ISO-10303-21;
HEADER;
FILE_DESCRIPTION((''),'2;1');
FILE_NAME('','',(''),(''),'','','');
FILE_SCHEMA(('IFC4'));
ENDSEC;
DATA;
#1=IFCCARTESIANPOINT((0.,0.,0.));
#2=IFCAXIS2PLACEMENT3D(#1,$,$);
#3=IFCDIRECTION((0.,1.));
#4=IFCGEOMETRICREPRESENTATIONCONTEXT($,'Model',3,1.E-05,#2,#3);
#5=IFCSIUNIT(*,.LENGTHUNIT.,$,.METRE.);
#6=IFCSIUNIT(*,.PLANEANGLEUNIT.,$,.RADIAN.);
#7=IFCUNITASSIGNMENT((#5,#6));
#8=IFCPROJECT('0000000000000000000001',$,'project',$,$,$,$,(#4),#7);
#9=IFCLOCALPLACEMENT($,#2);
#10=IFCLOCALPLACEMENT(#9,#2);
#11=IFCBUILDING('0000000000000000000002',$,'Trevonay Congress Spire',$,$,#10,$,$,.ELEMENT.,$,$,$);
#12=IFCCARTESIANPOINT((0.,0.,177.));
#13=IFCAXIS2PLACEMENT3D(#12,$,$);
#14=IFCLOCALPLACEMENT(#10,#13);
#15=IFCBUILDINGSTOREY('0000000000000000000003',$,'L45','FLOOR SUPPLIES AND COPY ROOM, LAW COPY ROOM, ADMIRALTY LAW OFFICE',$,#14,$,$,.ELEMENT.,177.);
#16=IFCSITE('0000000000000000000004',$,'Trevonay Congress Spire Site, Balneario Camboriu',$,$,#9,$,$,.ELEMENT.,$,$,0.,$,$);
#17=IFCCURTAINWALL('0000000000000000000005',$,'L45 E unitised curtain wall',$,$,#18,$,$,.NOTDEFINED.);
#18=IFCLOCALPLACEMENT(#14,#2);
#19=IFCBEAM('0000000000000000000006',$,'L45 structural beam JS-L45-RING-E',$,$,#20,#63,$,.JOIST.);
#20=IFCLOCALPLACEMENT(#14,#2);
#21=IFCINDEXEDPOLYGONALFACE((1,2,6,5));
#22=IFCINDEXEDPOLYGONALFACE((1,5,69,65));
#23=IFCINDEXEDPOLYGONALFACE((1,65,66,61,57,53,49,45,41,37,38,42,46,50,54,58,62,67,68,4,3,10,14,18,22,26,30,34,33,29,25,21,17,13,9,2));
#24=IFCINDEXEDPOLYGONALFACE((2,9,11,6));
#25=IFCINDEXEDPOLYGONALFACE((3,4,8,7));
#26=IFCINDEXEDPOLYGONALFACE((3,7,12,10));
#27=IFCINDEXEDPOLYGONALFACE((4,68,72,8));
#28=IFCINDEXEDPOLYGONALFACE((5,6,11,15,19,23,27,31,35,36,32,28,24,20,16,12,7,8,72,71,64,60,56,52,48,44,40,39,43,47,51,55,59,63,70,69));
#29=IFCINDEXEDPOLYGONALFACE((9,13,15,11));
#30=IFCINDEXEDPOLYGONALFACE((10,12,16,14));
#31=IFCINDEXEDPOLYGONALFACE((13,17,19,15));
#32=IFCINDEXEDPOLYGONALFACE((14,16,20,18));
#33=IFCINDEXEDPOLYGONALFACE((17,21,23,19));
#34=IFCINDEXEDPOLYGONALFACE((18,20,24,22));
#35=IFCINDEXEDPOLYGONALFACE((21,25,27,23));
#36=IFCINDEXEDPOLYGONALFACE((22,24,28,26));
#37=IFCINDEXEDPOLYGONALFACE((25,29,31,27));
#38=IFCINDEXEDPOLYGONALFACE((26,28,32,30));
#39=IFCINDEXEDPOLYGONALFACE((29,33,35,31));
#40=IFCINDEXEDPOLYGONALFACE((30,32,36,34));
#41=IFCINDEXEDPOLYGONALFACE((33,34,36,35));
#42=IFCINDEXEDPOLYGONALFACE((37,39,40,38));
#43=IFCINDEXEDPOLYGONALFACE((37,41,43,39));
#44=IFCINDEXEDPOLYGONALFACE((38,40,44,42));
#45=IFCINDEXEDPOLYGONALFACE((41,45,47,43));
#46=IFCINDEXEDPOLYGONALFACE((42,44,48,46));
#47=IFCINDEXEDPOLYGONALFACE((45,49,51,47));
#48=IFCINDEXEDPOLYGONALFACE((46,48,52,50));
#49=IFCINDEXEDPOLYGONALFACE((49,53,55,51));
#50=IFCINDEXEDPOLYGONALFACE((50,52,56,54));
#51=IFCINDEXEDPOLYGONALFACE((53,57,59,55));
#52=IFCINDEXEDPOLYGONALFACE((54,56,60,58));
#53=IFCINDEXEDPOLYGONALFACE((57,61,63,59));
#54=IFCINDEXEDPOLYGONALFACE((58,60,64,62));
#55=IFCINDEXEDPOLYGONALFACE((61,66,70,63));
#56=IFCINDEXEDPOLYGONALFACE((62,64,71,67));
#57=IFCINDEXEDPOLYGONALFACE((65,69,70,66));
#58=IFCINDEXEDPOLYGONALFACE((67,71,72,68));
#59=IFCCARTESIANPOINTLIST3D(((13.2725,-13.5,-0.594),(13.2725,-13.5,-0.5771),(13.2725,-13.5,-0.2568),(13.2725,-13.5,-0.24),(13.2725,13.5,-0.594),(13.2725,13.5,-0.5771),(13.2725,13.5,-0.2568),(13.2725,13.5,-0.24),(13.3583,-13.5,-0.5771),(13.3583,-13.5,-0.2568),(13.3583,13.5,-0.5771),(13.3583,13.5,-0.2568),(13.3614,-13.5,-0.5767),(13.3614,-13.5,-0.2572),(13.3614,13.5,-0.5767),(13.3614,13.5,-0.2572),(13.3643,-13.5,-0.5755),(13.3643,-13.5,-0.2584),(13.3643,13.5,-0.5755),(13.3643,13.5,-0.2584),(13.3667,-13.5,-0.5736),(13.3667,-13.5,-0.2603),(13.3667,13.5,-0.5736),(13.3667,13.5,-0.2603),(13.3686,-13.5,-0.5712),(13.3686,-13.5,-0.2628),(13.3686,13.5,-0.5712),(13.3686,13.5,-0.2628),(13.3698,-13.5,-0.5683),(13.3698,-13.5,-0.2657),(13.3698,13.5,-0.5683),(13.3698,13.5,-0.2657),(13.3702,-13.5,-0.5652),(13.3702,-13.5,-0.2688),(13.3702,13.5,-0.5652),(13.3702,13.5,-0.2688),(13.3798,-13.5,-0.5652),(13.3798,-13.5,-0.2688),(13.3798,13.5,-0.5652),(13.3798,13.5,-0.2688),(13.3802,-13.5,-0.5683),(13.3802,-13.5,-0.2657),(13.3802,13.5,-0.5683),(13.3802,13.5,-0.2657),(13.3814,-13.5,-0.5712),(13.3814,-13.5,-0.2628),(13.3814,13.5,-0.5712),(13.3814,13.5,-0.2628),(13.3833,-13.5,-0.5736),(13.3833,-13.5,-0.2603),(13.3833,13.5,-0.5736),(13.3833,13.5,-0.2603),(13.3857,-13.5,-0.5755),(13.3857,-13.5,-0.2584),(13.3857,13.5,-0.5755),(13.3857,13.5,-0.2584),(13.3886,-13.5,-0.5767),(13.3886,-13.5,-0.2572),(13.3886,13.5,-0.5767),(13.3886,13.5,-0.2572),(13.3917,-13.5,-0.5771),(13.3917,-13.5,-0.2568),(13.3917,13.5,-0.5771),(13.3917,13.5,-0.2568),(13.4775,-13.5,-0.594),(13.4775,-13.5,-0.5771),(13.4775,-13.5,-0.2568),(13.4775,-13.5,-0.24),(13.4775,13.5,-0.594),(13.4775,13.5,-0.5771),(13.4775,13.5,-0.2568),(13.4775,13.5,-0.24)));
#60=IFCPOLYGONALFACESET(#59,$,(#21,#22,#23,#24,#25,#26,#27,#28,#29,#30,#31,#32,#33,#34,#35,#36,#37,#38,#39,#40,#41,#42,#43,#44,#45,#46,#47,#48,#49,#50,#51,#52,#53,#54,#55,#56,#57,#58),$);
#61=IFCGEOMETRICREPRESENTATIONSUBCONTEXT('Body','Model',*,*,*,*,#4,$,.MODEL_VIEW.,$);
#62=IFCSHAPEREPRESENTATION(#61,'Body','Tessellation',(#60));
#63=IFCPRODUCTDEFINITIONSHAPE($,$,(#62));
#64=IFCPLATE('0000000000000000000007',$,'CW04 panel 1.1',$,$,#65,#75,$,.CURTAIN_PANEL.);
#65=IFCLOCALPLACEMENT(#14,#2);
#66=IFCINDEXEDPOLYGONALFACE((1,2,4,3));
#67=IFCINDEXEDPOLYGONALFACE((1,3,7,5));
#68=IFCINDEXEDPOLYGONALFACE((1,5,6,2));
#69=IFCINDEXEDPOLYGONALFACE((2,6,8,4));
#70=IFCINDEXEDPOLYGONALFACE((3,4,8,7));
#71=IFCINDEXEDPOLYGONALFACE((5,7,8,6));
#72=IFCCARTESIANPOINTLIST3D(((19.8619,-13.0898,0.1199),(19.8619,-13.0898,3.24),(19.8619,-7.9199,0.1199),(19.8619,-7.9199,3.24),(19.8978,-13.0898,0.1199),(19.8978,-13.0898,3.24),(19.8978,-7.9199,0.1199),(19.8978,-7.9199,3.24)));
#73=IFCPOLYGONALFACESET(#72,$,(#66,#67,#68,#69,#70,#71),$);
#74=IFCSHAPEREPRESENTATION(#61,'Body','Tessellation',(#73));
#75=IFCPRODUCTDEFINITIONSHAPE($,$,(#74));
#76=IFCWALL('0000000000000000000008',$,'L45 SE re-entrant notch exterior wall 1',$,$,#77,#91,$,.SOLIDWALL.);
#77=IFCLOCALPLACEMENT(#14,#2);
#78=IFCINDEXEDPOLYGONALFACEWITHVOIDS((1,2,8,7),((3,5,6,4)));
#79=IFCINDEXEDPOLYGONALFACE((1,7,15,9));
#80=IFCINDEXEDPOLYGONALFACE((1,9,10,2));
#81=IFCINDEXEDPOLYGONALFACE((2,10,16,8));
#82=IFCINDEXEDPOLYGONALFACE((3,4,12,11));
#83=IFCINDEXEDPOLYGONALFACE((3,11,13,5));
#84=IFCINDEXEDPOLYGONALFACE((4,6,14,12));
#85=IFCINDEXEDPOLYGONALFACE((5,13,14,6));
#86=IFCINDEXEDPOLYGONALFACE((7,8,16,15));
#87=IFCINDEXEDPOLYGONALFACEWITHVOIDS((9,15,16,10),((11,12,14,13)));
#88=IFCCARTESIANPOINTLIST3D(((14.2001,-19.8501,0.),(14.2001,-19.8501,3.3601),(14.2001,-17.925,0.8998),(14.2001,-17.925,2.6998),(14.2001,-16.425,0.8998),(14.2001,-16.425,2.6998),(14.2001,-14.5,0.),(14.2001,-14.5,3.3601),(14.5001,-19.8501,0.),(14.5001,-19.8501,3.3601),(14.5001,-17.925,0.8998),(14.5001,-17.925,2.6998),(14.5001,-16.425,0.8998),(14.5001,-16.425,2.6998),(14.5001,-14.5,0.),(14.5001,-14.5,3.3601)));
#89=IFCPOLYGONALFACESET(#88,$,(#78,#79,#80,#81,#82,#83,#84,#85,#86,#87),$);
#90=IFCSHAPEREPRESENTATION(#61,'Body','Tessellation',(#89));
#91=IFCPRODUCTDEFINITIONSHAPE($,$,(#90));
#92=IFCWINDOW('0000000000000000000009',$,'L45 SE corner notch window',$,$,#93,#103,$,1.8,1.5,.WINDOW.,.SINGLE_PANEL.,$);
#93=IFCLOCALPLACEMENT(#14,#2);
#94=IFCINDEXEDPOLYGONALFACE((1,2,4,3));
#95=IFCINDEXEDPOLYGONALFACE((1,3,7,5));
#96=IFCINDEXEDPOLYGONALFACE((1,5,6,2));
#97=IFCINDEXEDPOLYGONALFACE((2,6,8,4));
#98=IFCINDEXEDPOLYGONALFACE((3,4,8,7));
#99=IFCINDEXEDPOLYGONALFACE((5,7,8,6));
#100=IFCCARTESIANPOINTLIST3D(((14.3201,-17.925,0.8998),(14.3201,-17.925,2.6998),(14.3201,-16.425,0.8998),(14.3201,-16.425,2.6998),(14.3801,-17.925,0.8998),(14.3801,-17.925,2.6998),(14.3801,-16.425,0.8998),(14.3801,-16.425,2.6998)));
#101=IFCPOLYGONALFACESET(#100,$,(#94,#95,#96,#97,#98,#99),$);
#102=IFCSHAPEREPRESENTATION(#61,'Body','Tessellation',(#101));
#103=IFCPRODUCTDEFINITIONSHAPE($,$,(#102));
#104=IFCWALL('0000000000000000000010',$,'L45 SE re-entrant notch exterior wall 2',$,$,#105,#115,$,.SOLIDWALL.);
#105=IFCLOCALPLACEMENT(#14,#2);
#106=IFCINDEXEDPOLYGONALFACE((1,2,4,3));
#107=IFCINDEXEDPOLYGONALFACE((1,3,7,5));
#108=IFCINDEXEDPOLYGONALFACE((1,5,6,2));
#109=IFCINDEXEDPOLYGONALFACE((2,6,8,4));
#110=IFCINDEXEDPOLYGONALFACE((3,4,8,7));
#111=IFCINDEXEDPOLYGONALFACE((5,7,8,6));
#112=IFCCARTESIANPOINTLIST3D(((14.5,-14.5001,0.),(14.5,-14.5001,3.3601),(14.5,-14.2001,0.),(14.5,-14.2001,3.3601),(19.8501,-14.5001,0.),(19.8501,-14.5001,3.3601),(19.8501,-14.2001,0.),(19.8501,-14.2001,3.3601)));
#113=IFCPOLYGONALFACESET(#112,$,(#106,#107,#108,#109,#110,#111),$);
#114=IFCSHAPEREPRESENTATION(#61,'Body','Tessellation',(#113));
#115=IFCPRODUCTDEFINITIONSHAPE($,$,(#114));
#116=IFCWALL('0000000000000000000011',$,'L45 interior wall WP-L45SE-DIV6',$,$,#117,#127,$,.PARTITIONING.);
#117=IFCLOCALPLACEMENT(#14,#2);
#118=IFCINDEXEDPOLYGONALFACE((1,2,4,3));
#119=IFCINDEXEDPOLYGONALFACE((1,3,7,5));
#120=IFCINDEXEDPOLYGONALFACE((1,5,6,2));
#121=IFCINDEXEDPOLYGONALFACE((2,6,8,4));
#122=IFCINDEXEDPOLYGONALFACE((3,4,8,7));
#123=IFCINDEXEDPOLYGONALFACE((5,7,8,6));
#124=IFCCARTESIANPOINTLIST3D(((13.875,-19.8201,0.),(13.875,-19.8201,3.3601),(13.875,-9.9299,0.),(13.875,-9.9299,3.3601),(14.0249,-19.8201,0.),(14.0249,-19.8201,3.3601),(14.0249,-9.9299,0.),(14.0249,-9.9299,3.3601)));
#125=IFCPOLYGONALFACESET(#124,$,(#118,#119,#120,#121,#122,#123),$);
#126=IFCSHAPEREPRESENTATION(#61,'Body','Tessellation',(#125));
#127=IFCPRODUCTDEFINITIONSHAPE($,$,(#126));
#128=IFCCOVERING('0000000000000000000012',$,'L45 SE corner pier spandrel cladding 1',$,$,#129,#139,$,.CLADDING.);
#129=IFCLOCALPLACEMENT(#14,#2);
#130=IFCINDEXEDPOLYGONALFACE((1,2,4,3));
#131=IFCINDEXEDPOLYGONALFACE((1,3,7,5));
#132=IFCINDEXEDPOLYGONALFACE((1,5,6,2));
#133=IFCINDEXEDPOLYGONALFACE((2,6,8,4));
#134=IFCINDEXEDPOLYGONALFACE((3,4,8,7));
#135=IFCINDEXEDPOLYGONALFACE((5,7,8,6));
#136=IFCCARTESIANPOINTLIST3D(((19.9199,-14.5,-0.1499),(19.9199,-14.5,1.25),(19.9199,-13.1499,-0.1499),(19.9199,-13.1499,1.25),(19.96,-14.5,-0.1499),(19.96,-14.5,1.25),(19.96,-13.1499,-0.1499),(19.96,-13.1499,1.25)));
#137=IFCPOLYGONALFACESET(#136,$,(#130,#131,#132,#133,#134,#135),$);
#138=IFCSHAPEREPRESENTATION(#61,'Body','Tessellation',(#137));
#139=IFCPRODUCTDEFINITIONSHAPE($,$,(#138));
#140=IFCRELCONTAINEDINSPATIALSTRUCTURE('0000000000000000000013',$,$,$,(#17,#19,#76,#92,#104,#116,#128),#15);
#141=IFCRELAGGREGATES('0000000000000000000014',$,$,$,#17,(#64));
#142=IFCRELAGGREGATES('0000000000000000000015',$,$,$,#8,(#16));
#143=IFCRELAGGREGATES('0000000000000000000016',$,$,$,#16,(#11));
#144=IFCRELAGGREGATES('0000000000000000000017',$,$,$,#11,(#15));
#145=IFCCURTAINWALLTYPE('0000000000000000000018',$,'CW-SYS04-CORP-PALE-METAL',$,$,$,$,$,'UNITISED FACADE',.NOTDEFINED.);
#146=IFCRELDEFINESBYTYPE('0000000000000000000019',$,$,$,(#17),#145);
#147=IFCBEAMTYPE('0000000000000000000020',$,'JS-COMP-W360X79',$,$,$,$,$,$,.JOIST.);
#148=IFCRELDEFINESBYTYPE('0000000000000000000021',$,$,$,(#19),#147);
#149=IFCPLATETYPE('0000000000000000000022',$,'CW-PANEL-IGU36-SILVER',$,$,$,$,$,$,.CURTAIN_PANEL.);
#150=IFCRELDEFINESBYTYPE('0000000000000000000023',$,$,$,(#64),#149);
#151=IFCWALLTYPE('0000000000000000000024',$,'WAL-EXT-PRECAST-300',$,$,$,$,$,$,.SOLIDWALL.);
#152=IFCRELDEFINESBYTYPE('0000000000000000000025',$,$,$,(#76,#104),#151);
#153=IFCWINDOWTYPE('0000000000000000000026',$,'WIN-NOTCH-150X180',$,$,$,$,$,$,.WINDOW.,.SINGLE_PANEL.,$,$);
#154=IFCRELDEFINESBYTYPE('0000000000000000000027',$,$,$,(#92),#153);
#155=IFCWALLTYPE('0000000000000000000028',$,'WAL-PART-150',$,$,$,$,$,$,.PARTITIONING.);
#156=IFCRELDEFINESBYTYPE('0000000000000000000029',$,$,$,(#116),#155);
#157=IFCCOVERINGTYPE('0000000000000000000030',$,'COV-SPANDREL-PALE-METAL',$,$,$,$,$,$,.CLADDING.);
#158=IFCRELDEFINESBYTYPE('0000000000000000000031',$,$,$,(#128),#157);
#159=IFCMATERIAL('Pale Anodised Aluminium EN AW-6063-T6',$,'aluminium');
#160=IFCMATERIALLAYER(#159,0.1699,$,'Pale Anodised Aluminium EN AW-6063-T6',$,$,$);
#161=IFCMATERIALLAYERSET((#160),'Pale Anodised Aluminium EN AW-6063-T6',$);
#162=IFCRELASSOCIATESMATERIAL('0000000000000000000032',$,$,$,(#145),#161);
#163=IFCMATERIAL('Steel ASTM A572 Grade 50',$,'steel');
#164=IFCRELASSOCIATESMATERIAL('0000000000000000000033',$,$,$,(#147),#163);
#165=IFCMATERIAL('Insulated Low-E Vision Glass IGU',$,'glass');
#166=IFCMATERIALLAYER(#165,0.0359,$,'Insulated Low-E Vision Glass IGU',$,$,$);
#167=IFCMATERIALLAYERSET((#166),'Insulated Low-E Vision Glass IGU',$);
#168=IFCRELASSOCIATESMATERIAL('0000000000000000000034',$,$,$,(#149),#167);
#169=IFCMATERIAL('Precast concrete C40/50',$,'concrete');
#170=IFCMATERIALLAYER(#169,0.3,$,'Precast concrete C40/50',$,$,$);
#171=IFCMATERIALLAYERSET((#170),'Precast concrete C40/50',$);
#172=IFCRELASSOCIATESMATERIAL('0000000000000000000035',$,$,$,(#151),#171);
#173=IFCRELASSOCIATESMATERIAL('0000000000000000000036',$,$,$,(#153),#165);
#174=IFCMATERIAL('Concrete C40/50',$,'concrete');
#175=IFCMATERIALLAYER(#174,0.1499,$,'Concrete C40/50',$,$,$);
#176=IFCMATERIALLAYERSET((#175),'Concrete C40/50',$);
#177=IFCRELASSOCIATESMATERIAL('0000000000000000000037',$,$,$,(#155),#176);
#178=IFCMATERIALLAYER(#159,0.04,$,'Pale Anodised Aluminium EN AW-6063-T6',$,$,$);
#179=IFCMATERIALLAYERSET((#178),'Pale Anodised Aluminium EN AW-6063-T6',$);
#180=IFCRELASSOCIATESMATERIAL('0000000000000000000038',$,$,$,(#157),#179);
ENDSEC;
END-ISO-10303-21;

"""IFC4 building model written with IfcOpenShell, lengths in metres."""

from ifc_helpers import new_model, si_unit, direction, frame, frame_2d, origin, origin_2d, place, context, subcontext, project, spatial, rectangle, i_section, extrude, material, layer, layer_set, material_profile, profile_set, type_object, element, fill, aggregate, save


model = new_model("IFC4")

# Units and contexts
model_context = context("Model", 3, precision=1e-05, world=origin(), true_north=direction((0.0, 1.0)))
body_context = subcontext(model_context, "Body", "Model", "MODEL_VIEW")
ifc_project = project(units=[si_unit("LENGTHUNIT", "METRE"), si_unit("PLANEANGLEUNIT", "RADIAN")], contexts=[model_context])

# Site, building, storey
site_placement = place(None, origin())
site = spatial("IfcSite", under=ifc_project, at=site_placement, Name="Trevonay Congress Spire Site, Balneario Camboriu", CompositionType="ELEMENT", RefElevation=0.0)
building_placement = place(site_placement, origin())
building = spatial("IfcBuilding", under=site, at=building_placement, Name="Trevonay Congress Spire", CompositionType="ELEMENT")
storey_placement = place(building_placement, frame((0.0, 0.0, 177.0)))
storey = spatial("IfcBuildingStorey", under=building, at=storey_placement, Name="L45", Description="FLOOR SUPPLIES AND COPY ROOM, LAW COPY ROOM, ADMIRALTY LAW OFFICE", CompositionType="ELEMENT", Elevation=177.0)

# Shared definitions
ifc_material_1 = material(Name="Steel ASTM A572 Grade 50", Category="steel")

# Curtain wall
ifc_material_2 = material(Name="Pale Anodised Aluminium EN AW-6063-T6", Category="aluminium")
ifc_layer_1 = layer(ifc_material_2, 0.1699, Name="Pale Anodised Aluminium EN AW-6063-T6")
ifc_layer_set_1 = layer_set([ifc_layer_1], Name="Pale Anodised Aluminium EN AW-6063-T6")
curtain_wall_type = type_object("IfcCurtainWallType", Name="CW-SYS04-CORP-PALE-METAL", ElementType="UNITISED FACADE", PredefinedType="NOTDEFINED", material=ifc_layer_set_1)
curtain_wall_placement = place(storey_placement, origin())
curtain_wall = element("IfcCurtainWall", 1, at=curtain_wall_placement, inside=storey, type_object=curtain_wall_type, Name="L45 E unitised curtain wall", PredefinedType="NOTDEFINED")

# Beam
ifc_material_profile_1 = material_profile(ifc_material_1, i_section(OverallWidth=0.2051, OverallDepth=0.354, WebThickness=0.0095, FlangeThickness=0.0168, FilletRadius=0.012, at=origin_2d()), Name="W360x79")
ifc_profile_set_1 = profile_set([ifc_material_profile_1], Name="Steel ASTM A572 Grade 50")
beam_type_1 = type_object("IfcBeamType", Name="JS-COMP-W360X79", PredefinedType="JOIST", material=ifc_profile_set_1)
beam_1_placement = place(storey_placement, frame((13.375, -13.5, -0.417), z_axis=(0.0, 1.0, 0.0), x_axis=(-1.0, 0.0, 0.0)))
element("IfcBeam", 2, at=beam_1_placement, inside=storey, type_object=beam_type_1, Name="L45 structural beam JS-L45-RING-E", PredefinedType="JOIST", context=body_context, shape_type="SweptSolid", body=[
    extrude(i_section(OverallWidth=0.2051, OverallDepth=0.354, WebThickness=0.0095, FlangeThickness=0.0168, FilletRadius=0.012, at=origin_2d()), origin(), (0.0, 0.0, 1.0), 27.0),
])

# Plate
ifc_material_3 = material(Name="Insulated Low-E Vision Glass IGU", Category="glass")
ifc_layer_2 = layer(ifc_material_3, 0.0359, Name="Insulated Low-E Vision Glass IGU")
ifc_layer_set_2 = layer_set([ifc_layer_2], Name="Insulated Low-E Vision Glass IGU")
plate_type = type_object("IfcPlateType", Name="CW-PANEL-IGU36-SILVER", PredefinedType="CURTAIN_PANEL", material=ifc_layer_set_2)
plate_placement = place(storey_placement, frame((19.8799, -10.5049, 0.1199), z_axis=(0.0, 0.0, 1.0), x_axis=(0.0, 1.0, 0.0)))
plate = element("IfcPlate", 3, at=plate_placement, type_object=plate_type, Name="CW04 panel 1.1", PredefinedType="CURTAIN_PANEL", context=body_context, shape_type="SweptSolid", body=[
    extrude(rectangle(XDim=5.1699, YDim=0.0359, at=origin_2d()), origin(), (0.0, 0.0, 1.0), 3.1201),
])
aggregate(curtain_wall, [plate])

# Wall, opening, window
ifc_material_4 = material(Name="Precast concrete C40/50", Category="concrete")
ifc_layer_3 = layer(ifc_material_4, 0.3, Name="Precast concrete C40/50")
ifc_layer_set_3 = layer_set([ifc_layer_3], Name="Precast concrete C40/50")
wall_type_1 = type_object("IfcWallType", Name="WAL-EXT-PRECAST-300", PredefinedType="SOLIDWALL", material=ifc_layer_set_3)
wall_1_placement = place(storey_placement, frame((14.3501, -19.8501, 0.0), z_axis=(0.0, 0.0, 1.0), x_axis=(0.0, 1.0, 0.0)))
wall_1 = element("IfcWall", 4, at=wall_1_placement, inside=storey, type_object=wall_type_1, Name="L45 SE re-entrant notch exterior wall 1", PredefinedType="SOLIDWALL", context=body_context, shape_type="SweptSolid", body=[
    extrude(rectangle(XDim=5.3501, YDim=0.3, at=frame_2d((2.675, 0.0))), origin(), (0.0, 0.0, 1.0), 3.3601),
])
opening_placement = place(wall_1_placement, frame((1.925, 0.0, 0.8999)))
opening = element("IfcOpeningElement", 5, at=opening_placement, cuts=wall_1, PredefinedType="OPENING", context=body_context, shape_type="SweptSolid", body=[
    extrude(rectangle(XDim=1.5, YDim=1.8, at=frame_2d((0.75, 0.8999))), frame((0.0, 0.1602, 0.0), z_axis=(0.0, -1.0, 0.0), x_axis=(1.0, 0.0, 0.0)), (0.0, 0.0, 1.0), 0.3201),
])
window_type = type_object("IfcWindowType", Name="WIN-NOTCH-150X180", PartitioningType="SINGLE_PANEL", PredefinedType="WINDOW", material=ifc_material_3)
window_placement = place(opening_placement, origin())
window = element("IfcWindow", 6, at=window_placement, inside=storey, type_object=window_type, Name="L45 SE corner notch window", OverallHeight=1.8, OverallWidth=1.5, PartitioningType="SINGLE_PANEL", PredefinedType="WINDOW", context=body_context, shape_type="SweptSolid", body=[
    extrude(rectangle(XDim=1.5, YDim=1.8, at=frame_2d((0.75, 0.8999))), frame((0.0, 0.03, 0.0), z_axis=(0.0, -1.0, 0.0), x_axis=(1.0, 0.0, 0.0)), (0.0, 0.0, 1.0), 0.0601),
])
fill(opening, window)

# Walls
wall_2_placement = place(storey_placement, frame((19.8501, -14.3501, 0.0), z_axis=(0.0, 0.0, 1.0), x_axis=(-1.0, 0.0, 0.0)))
element("IfcWall", 7, at=wall_2_placement, inside=storey, type_object=wall_type_1, Name="L45 SE re-entrant notch exterior wall 2", PredefinedType="SOLIDWALL", context=body_context, shape_type="SweptSolid", body=[
    extrude(rectangle(XDim=5.3501, YDim=0.3, at=frame_2d((2.675, 0.0))), origin(), (0.0, 0.0, 1.0), 3.3601),
])
ifc_material_5 = material(Name="Concrete C40/50", Category="concrete")
ifc_layer_4 = layer(ifc_material_5, 0.1499, Name="Concrete C40/50")
ifc_layer_set_4 = layer_set([ifc_layer_4], Name="Concrete C40/50")
wall_type_2 = type_object("IfcWallType", Name="WAL-PART-150", PredefinedType="PARTITIONING", material=ifc_layer_set_4)
wall_3_placement = place(storey_placement, frame((13.95, -19.8201, 0.0), z_axis=(0.0, 0.0, 1.0), x_axis=(0.0, 1.0, 0.0)))
element("IfcWall", 8, at=wall_3_placement, inside=storey, type_object=wall_type_2, Name="L45 interior wall WP-L45SE-DIV6", PredefinedType="PARTITIONING", context=body_context, shape_type="SweptSolid", body=[
    extrude(rectangle(XDim=9.8901, YDim=0.1499, at=frame_2d((4.9451, 0.0))), origin(), (0.0, 0.0, 1.0), 3.3601),
])

# Covering
ifc_layer_5 = layer(ifc_material_2, 0.04, Name="Pale Anodised Aluminium EN AW-6063-T6")
ifc_layer_set_5 = layer_set([ifc_layer_5], Name="Pale Anodised Aluminium EN AW-6063-T6")
covering_type = type_object("IfcCoveringType", Name="COV-SPANDREL-PALE-METAL", PredefinedType="CLADDING", material=ifc_layer_set_5)
covering_placement = place(storey_placement, frame((19.9399, -13.1499, -0.1499), z_axis=(0.0, 0.0, 1.0), x_axis=(0.0, -1.0, 0.0)))
element("IfcCovering", 9, at=covering_placement, inside=storey, type_object=covering_type, Name="L45 SE corner pier spandrel cladding 1", PredefinedType="CLADDING", context=body_context, shape_type="SweptSolid", body=[
    extrude(rectangle(XDim=1.3501, YDim=0.04, at=frame_2d((0.675, 0.0))), origin(), (0.0, 0.0, 1.0), 1.3999),
])

save(model, "model.ifc")
